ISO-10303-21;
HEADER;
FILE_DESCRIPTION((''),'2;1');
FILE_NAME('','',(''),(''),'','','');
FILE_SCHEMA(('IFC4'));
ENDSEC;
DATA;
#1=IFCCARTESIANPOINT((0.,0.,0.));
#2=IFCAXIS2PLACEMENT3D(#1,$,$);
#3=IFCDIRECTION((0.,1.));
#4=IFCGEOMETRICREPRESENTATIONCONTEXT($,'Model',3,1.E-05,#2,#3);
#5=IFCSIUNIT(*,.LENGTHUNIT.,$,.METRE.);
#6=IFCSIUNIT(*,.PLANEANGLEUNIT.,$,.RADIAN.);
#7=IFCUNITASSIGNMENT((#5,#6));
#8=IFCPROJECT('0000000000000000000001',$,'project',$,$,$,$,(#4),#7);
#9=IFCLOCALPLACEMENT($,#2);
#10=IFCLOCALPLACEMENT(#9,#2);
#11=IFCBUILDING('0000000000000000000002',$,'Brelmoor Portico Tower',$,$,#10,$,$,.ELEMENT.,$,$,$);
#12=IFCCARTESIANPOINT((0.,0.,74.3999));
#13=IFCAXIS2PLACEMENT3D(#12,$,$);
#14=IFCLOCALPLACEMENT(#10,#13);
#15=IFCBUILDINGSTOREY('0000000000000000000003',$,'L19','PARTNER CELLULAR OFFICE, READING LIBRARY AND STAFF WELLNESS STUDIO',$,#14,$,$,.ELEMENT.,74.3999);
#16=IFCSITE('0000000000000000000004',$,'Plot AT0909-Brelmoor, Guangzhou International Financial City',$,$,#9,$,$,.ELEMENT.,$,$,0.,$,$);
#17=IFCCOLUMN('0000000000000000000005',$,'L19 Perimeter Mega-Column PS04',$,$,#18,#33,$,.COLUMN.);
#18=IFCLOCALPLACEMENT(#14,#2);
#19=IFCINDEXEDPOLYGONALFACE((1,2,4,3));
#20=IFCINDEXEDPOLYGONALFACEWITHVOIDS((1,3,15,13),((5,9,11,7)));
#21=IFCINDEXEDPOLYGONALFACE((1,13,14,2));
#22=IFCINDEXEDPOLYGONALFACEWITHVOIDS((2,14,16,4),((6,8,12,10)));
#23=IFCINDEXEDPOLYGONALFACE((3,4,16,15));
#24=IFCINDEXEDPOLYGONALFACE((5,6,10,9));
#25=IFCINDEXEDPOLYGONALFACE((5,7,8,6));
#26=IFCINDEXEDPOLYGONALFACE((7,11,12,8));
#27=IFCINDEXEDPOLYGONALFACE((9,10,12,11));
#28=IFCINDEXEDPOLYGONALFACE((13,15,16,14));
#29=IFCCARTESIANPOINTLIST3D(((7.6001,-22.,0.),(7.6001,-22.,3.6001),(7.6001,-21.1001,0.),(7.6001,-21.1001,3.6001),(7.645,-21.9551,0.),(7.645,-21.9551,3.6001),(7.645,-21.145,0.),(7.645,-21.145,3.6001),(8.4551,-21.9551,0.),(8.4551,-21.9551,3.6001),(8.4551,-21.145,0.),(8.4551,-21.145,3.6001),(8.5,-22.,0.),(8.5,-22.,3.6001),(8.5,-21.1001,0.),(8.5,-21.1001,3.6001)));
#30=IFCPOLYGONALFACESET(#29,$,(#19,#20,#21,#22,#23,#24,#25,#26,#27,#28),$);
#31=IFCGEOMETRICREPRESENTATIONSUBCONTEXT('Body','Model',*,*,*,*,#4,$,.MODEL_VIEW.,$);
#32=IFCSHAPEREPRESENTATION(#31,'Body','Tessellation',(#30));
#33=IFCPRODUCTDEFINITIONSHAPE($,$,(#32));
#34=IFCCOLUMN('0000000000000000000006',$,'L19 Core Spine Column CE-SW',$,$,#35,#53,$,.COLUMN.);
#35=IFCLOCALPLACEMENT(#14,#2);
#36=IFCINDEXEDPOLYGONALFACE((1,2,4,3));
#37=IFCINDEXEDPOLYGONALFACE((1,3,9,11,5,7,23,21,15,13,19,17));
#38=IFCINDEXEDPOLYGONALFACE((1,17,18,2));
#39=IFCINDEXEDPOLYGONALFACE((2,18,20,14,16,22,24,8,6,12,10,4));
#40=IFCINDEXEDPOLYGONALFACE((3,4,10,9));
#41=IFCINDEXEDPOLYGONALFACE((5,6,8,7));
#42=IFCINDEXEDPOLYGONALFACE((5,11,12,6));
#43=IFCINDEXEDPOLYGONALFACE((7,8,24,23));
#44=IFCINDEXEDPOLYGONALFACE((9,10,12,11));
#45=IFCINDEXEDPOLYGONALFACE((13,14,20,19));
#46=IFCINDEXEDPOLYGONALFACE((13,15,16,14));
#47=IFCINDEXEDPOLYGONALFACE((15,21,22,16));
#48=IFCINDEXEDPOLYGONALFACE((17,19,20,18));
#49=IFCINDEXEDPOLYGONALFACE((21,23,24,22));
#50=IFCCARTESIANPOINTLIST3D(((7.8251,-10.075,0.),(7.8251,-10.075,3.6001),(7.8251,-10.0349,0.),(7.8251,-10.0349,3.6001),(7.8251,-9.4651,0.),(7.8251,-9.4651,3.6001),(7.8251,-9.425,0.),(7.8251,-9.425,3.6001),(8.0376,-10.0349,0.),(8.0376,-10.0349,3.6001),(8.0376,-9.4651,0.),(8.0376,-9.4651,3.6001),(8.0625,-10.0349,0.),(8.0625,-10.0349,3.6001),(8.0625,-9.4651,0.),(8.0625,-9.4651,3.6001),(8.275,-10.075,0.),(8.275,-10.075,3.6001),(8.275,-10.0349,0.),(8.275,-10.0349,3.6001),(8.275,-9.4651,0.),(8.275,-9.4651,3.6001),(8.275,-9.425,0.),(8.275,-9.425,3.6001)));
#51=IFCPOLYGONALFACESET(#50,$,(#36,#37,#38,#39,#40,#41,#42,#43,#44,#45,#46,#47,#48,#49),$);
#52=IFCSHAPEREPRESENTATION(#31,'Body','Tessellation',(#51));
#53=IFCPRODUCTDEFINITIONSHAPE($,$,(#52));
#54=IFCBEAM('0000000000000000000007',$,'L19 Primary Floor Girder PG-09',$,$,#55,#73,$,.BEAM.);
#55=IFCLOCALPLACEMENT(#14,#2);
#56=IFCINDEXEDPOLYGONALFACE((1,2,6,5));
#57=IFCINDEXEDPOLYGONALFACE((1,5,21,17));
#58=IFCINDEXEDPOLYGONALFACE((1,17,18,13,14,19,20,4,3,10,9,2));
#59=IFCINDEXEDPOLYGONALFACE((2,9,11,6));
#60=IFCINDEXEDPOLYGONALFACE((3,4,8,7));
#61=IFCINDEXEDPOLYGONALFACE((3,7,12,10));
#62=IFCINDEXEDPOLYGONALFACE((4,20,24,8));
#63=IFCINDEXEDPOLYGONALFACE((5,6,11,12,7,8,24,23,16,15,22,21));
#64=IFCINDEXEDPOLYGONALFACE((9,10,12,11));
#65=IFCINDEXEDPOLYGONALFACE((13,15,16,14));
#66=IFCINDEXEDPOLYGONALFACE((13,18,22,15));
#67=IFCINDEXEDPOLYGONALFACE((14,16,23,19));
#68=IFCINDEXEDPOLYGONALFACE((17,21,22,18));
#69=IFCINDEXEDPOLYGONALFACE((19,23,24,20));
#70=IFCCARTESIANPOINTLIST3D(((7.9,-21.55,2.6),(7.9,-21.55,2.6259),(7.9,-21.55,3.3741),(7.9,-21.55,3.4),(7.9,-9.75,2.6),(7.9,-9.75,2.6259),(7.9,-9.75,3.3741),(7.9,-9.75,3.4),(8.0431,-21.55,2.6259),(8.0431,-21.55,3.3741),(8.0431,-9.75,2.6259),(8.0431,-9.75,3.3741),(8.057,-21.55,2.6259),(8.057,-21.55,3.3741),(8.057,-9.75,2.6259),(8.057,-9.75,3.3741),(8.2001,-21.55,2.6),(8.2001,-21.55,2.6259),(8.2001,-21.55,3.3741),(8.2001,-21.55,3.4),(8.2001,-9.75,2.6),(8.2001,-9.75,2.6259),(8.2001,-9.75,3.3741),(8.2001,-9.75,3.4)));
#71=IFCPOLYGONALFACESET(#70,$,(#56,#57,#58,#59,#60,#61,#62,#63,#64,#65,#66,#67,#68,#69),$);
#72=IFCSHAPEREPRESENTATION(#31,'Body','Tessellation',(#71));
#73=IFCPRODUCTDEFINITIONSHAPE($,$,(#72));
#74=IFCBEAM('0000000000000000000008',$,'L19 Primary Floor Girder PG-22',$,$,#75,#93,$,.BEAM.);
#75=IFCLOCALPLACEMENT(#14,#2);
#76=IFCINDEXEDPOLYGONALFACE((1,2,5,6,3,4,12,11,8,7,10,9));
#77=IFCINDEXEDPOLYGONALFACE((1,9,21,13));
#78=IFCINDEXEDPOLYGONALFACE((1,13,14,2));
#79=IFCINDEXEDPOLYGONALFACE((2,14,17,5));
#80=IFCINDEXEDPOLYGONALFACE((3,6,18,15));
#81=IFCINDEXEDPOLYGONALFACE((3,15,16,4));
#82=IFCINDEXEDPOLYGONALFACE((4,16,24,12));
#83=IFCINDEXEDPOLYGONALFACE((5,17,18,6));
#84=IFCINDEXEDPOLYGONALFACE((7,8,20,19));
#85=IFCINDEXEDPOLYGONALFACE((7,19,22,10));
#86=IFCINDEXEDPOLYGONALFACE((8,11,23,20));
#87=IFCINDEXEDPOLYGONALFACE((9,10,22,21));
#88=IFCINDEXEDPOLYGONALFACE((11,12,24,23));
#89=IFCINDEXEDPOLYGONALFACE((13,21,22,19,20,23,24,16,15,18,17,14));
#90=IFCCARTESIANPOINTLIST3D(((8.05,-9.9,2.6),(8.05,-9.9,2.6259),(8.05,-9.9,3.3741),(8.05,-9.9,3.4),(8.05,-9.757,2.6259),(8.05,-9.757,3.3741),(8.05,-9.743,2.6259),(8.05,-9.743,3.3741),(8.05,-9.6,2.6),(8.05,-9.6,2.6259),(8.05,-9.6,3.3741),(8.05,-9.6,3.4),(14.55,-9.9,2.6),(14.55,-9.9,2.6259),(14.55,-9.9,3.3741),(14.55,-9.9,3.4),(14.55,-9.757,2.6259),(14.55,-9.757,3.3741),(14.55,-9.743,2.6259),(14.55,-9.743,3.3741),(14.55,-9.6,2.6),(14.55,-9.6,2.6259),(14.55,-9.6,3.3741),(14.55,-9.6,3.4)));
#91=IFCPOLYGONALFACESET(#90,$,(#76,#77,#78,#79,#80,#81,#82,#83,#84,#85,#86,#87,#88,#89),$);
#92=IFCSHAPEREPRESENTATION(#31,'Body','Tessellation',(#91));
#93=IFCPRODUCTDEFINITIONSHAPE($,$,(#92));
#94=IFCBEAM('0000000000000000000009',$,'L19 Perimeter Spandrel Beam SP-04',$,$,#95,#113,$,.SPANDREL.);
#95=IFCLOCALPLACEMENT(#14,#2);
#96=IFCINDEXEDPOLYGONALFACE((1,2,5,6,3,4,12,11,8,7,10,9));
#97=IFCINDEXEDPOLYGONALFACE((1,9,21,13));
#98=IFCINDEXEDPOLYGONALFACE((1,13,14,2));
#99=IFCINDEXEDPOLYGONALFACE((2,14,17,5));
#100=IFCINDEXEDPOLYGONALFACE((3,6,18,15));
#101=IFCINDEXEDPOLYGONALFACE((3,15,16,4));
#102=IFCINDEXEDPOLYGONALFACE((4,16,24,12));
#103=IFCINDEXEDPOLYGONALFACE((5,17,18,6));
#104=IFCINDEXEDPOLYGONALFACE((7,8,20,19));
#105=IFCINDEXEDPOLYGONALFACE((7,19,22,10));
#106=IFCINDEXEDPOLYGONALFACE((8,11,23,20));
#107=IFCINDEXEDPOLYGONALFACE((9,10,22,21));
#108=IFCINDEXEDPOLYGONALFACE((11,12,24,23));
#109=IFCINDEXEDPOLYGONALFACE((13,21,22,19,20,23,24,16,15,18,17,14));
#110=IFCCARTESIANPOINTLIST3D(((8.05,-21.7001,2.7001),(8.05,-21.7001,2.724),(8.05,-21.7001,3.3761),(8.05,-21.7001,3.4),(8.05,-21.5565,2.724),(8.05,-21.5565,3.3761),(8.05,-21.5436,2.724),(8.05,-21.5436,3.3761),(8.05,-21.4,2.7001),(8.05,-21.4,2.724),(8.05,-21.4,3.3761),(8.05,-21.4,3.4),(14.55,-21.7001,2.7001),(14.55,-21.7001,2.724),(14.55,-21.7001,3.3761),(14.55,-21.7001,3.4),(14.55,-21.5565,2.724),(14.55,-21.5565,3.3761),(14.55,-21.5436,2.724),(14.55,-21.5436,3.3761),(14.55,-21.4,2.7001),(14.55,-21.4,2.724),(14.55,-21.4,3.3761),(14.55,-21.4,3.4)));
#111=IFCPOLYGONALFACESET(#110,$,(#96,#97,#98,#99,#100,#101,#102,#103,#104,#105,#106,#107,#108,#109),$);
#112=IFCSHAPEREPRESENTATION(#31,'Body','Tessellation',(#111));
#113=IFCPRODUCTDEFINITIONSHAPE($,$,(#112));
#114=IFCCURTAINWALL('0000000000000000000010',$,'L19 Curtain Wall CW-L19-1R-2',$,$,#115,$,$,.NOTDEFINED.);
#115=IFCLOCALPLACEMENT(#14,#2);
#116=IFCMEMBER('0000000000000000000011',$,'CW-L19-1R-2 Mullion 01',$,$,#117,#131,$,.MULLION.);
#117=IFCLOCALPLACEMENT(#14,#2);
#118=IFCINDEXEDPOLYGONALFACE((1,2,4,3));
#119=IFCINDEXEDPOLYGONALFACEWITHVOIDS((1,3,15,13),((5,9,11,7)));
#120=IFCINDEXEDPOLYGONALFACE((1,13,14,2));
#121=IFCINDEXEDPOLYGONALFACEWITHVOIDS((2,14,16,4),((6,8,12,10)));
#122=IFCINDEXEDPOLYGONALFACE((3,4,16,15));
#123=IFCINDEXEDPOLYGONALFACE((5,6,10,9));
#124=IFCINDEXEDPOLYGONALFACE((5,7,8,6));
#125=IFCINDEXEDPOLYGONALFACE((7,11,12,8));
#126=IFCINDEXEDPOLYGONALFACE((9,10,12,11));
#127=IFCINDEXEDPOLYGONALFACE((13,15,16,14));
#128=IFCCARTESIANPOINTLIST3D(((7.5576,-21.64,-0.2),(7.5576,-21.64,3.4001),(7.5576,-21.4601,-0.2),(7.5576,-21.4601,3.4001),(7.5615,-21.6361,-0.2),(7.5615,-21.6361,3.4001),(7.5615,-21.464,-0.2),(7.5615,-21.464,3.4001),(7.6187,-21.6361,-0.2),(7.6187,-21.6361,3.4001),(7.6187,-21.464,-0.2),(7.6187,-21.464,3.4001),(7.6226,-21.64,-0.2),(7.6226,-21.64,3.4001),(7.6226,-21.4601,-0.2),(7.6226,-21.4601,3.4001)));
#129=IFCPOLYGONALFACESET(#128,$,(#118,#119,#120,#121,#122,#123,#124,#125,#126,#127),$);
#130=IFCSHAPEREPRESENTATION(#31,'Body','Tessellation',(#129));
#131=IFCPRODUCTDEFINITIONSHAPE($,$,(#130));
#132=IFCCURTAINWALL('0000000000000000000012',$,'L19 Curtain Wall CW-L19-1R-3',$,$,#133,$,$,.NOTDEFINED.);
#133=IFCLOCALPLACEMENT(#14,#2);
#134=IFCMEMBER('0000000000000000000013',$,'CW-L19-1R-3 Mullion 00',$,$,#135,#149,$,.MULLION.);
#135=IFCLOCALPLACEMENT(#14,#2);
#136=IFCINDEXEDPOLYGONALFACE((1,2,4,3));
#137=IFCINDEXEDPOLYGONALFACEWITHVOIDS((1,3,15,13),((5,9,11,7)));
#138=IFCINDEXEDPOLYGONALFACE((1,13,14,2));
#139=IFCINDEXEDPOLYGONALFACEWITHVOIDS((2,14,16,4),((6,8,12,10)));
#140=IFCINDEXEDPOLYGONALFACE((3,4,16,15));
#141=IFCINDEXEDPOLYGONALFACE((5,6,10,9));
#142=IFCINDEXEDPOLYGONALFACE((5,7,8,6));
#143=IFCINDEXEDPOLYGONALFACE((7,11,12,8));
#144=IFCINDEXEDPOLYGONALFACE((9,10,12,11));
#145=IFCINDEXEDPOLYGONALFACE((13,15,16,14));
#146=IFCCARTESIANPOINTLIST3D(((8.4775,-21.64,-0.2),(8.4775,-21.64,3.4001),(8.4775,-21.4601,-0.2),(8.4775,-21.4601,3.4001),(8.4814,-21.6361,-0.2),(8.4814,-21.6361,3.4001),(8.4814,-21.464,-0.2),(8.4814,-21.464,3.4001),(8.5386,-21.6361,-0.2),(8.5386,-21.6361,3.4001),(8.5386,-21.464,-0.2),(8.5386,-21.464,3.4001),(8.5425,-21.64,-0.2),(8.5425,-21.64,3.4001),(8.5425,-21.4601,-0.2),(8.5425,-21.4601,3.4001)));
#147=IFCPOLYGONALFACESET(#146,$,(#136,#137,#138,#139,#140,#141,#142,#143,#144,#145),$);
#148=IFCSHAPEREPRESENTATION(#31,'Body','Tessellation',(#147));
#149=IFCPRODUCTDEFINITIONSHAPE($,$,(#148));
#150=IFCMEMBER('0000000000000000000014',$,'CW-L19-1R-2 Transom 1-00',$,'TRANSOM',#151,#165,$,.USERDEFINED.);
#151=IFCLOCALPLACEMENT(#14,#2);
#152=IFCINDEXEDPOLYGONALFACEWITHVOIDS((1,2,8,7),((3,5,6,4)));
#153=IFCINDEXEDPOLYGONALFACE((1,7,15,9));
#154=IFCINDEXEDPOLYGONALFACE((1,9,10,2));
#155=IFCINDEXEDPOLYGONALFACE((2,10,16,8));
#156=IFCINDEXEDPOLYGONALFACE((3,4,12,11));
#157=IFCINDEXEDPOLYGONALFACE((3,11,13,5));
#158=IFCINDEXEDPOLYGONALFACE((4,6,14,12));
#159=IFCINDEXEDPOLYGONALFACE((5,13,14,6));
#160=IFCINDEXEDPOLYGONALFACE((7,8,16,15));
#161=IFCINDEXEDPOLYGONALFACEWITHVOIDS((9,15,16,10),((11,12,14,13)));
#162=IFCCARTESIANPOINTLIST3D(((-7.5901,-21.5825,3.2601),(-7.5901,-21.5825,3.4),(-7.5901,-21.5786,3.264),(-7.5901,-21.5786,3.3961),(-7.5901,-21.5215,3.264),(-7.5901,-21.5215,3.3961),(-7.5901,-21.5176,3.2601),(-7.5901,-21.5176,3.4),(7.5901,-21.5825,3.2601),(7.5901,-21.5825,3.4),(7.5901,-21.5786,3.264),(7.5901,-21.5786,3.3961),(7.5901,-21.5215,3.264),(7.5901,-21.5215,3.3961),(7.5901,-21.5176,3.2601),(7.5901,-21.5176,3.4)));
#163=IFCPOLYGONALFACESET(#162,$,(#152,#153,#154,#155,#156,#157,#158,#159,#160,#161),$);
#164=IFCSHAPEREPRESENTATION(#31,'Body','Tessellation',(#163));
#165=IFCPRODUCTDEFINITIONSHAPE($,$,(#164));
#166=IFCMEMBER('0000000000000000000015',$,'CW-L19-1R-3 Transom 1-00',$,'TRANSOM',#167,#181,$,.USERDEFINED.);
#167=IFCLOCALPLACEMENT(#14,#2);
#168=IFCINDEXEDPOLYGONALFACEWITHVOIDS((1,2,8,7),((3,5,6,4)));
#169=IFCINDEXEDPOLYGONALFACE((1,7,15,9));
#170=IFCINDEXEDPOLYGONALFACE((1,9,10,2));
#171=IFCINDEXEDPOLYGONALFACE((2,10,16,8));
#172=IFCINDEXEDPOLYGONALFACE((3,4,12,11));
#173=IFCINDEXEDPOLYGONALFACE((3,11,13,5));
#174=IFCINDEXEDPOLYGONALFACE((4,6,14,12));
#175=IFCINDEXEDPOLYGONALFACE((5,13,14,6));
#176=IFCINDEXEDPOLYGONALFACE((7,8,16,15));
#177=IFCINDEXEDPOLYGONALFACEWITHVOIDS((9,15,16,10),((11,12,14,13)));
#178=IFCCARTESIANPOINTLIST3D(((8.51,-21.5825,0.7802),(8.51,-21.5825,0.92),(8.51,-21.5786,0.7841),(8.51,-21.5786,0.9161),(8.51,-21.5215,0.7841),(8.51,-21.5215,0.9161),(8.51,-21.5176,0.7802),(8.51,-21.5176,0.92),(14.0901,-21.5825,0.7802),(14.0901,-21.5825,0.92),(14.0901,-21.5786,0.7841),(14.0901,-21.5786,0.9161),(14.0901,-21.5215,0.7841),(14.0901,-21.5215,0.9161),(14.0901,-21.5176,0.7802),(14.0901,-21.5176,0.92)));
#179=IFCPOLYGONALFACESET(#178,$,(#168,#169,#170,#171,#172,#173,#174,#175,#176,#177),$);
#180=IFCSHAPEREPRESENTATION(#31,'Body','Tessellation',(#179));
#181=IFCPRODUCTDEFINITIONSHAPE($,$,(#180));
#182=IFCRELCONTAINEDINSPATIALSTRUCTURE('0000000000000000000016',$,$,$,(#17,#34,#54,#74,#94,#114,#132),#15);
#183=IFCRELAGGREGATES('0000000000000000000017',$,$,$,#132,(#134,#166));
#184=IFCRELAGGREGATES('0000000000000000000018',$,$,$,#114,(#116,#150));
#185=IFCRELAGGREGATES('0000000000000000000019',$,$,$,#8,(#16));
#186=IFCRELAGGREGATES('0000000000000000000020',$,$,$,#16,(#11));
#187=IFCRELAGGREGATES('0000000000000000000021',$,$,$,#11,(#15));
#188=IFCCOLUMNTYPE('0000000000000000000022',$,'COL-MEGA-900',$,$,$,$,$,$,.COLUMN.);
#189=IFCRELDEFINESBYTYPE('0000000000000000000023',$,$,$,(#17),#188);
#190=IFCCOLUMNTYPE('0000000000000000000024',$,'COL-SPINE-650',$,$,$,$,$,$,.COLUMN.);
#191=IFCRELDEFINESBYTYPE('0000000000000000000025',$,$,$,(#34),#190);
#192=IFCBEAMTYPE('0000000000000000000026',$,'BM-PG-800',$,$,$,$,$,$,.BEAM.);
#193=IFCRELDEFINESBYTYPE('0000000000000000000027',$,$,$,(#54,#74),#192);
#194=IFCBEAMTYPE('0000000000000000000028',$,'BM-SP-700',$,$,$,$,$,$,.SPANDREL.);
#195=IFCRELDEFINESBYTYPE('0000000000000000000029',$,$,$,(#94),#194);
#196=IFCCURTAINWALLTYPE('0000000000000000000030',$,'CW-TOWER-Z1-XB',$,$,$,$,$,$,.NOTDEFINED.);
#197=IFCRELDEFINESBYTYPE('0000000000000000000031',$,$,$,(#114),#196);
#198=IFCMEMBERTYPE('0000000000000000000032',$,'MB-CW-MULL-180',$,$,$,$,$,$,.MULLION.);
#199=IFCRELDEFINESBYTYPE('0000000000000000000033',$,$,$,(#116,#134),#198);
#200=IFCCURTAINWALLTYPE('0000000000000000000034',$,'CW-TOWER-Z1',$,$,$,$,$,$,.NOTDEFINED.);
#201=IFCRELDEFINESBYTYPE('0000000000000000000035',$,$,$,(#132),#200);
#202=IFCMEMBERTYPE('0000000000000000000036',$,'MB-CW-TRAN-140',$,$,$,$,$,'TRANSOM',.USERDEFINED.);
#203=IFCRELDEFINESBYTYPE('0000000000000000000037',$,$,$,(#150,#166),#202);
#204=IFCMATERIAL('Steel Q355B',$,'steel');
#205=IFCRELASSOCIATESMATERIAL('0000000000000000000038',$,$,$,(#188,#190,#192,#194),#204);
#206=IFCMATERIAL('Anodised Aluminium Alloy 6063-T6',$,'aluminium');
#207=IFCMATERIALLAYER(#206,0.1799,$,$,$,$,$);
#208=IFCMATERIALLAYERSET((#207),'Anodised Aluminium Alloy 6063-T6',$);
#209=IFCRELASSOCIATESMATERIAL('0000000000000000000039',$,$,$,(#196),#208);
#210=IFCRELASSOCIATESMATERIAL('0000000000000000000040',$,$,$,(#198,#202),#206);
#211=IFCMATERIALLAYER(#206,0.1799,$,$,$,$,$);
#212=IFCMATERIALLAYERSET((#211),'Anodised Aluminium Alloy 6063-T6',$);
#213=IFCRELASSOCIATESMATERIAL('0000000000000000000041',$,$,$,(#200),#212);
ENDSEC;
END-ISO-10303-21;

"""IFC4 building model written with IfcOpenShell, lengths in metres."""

from ifc_helpers import new_model, si_unit, direction, frame, origin, origin_2d, place, context, subcontext, project, spatial, hollow_rectangle, i_section, extrude, material, layer, layer_set, material_profile, profile_set, type_object, element, aggregate, save


model = new_model("IFC4")

# Units and contexts
model_context = context("Model", 3, precision=1e-05, world=origin(), true_north=direction((0.0, 1.0)))
body_context = subcontext(model_context, "Body", "Model", "MODEL_VIEW")
ifc_project = project(units=[si_unit("LENGTHUNIT", "METRE"), si_unit("PLANEANGLEUNIT", "RADIAN")], contexts=[model_context])

# Site, building, storey
site_placement = place(None, origin())
site = spatial("IfcSite", under=ifc_project, at=site_placement, Name="Plot AT0909-Brelmoor, Guangzhou International Financial City", CompositionType="ELEMENT", RefElevation=0.0)
building_placement = place(site_placement, origin())
building = spatial("IfcBuilding", under=site, at=building_placement, Name="Brelmoor Portico Tower", CompositionType="ELEMENT")
storey_placement = place(building_placement, frame((0.0, 0.0, 74.3999)))
storey = spatial("IfcBuildingStorey", under=building, at=storey_placement, Name="L19", Description="PARTNER CELLULAR OFFICE, READING LIBRARY AND STAFF WELLNESS STUDIO", CompositionType="ELEMENT", Elevation=74.3999)

# Columns
ifc_material_1 = material(Name="Steel Q355B", Category="steel")
ifc_material_profile_1 = material_profile(ifc_material_1, hollow_rectangle(XDim=0.8999, YDim=0.8999, WallThickness=0.0449, at=origin_2d()), Name="BOX 900x900x45")
ifc_profile_set_1 = profile_set([ifc_material_profile_1], Name="Steel Q355B")
column_type_1 = type_object("IfcColumnType", Name="COL-MEGA-900", PredefinedType="COLUMN", material=ifc_profile_set_1)
column_1_placement = place(storey_placement, frame((8.05, -21.55, 0.0), z_axis=(0.0, 0.0, 1.0), x_axis=(1.0, 0.0, 0.0)))
element("IfcColumn", 1, at=column_1_placement, inside=storey, type_object=column_type_1, Name="L19 Perimeter Mega-Column PS04", PredefinedType="COLUMN", context=body_context, shape_type="SweptSolid", body=[
    extrude(hollow_rectangle(XDim=0.8999, YDim=0.8999, WallThickness=0.0449, at=origin_2d()), origin(), (0.0, 0.0, 1.0), 3.6001),
])
ifc_material_profile_2 = material_profile(ifc_material_1, i_section(OverallWidth=0.45, OverallDepth=0.6499, WebThickness=0.0249, FlangeThickness=0.04, at=origin_2d()), Name="HW 650x450x25x40")
ifc_profile_set_2 = profile_set([ifc_material_profile_2], Name="Steel Q355B")
column_type_2 = type_object("IfcColumnType", Name="COL-SPINE-650", PredefinedType="COLUMN", material=ifc_profile_set_2)
column_2_placement = place(storey_placement, frame((8.05, -9.75, 0.0), z_axis=(0.0, 0.0, 1.0), x_axis=(1.0, 0.0, 0.0)))
element("IfcColumn", 2, at=column_2_placement, inside=storey, type_object=column_type_2, Name="L19 Core Spine Column CE-SW", PredefinedType="COLUMN", context=body_context, shape_type="SweptSolid", body=[
    extrude(i_section(OverallWidth=0.45, OverallDepth=0.6499, WebThickness=0.0249, FlangeThickness=0.04, at=origin_2d()), origin(), (0.0, 0.0, 1.0), 3.6001),
])

# Beams
ifc_material_profile_3 = material_profile(ifc_material_1, i_section(OverallWidth=0.3, OverallDepth=0.8, WebThickness=0.0139, FlangeThickness=0.0259, at=origin_2d()), Name="HN 800x300x14x26")
ifc_profile_set_3 = profile_set([ifc_material_profile_3], Name="Steel Q355B")
beam_type_1 = type_object("IfcBeamType", Name="BM-PG-800", PredefinedType="BEAM", material=ifc_profile_set_3)
beam_1_placement = place(storey_placement, frame((8.05, -21.55, 3.0), z_axis=(0.0, 1.0, 0.0), x_axis=(-1.0, 0.0, 0.0)))
element("IfcBeam", 3, at=beam_1_placement, inside=storey, type_object=beam_type_1, Name="L19 Primary Floor Girder PG-09", PredefinedType="BEAM", context=body_context, shape_type="SweptSolid", body=[
    extrude(i_section(OverallWidth=0.3, OverallDepth=0.8, WebThickness=0.0139, FlangeThickness=0.0259, at=origin_2d()), origin(), (0.0, 0.0, 1.0), 11.8),
])
beam_2_placement = place(storey_placement, frame((8.05, -9.75, 3.0), z_axis=(1.0, 0.0, 0.0), x_axis=(0.0, 1.0, 0.0)))
element("IfcBeam", 4, at=beam_2_placement, inside=storey, type_object=beam_type_1, Name="L19 Primary Floor Girder PG-22", PredefinedType="BEAM", context=body_context, shape_type="SweptSolid", body=[
    extrude(i_section(OverallWidth=0.3, OverallDepth=0.8, WebThickness=0.0139, FlangeThickness=0.0259, at=origin_2d()), origin(), (0.0, 0.0, 1.0), 6.5),
])
ifc_material_profile_4 = material_profile(ifc_material_1, i_section(OverallWidth=0.3, OverallDepth=0.7, WebThickness=0.0129, FlangeThickness=0.0239, at=origin_2d()), Name="HN 700x300x13x24")
ifc_profile_set_4 = profile_set([ifc_material_profile_4], Name="Steel Q355B")
beam_type_2 = type_object("IfcBeamType", Name="BM-SP-700", PredefinedType="SPANDREL", material=ifc_profile_set_4)
beam_3_placement = place(storey_placement, frame((8.05, -21.55, 3.05), z_axis=(1.0, 0.0, 0.0), x_axis=(0.0, 1.0, 0.0)))
element("IfcBeam", 5, at=beam_3_placement, inside=storey, type_object=beam_type_2, Name="L19 Perimeter Spandrel Beam SP-04", PredefinedType="SPANDREL", context=body_context, shape_type="SweptSolid", body=[
    extrude(i_section(OverallWidth=0.3, OverallDepth=0.7, WebThickness=0.0129, FlangeThickness=0.0239, at=origin_2d()), origin(), (0.0, 0.0, 1.0), 6.5),
])

# Curtain walls, members
ifc_material_2 = material(Name="Anodised Aluminium Alloy 6063-T6", Category="aluminium")
ifc_layer_1 = layer(ifc_material_2, 0.1799)
ifc_layer_set_1 = layer_set([ifc_layer_1], Name="Anodised Aluminium Alloy 6063-T6")
curtain_wall_type_1 = type_object("IfcCurtainWallType", Name="CW-TOWER-Z1-XB", PredefinedType="NOTDEFINED", material=ifc_layer_set_1)
curtain_wall_1_placement = place(storey_placement, origin())
curtain_wall_1 = element("IfcCurtainWall", 6, at=curtain_wall_1_placement, inside=storey, type_object=curtain_wall_type_1, Name="L19 Curtain Wall CW-L19-1R-2", PredefinedType="NOTDEFINED")
ifc_material_profile_5 = material_profile(ifc_material_2, hollow_rectangle(XDim=0.0649, YDim=0.1799, WallThickness=0.0039, at=origin_2d()), Name="ALU MULLION 65x180")
ifc_profile_set_5 = profile_set([ifc_material_profile_5], Name="Anodised Aluminium Alloy 6063-T6")
member_type_1 = type_object("IfcMemberType", Name="MB-CW-MULL-180", PredefinedType="MULLION", material=ifc_profile_set_5)
member_1_placement = place(storey_placement, frame((7.5901, -21.55, -0.2), z_axis=(0.0, 0.0, 1.0), x_axis=(1.0, 0.0, 0.0)))
member_1 = element("IfcMember", 7, at=member_1_placement, type_object=member_type_1, Name="CW-L19-1R-2 Mullion 01", PredefinedType="MULLION", context=body_context, shape_type="SweptSolid", body=[
    extrude(hollow_rectangle(XDim=0.0649, YDim=0.1799, WallThickness=0.0039, at=origin_2d()), origin(), (0.0, 0.0, 1.0), 3.6001),
])
ifc_layer_2 = layer(ifc_material_2, 0.1799)
ifc_layer_set_2 = layer_set([ifc_layer_2], Name="Anodised Aluminium Alloy 6063-T6")
curtain_wall_type_2 = type_object("IfcCurtainWallType", Name="CW-TOWER-Z1", PredefinedType="NOTDEFINED", material=ifc_layer_set_2)
curtain_wall_2_placement = place(storey_placement, origin())
curtain_wall_2 = element("IfcCurtainWall", 8, at=curtain_wall_2_placement, inside=storey, type_object=curtain_wall_type_2, Name="L19 Curtain Wall CW-L19-1R-3", PredefinedType="NOTDEFINED")
member_2_placement = place(storey_placement, frame((8.51, -21.55, -0.2), z_axis=(0.0, 0.0, 1.0), x_axis=(1.0, 0.0, 0.0)))
member_2 = element("IfcMember", 9, at=member_2_placement, type_object=member_type_1, Name="CW-L19-1R-3 Mullion 00", PredefinedType="MULLION", context=body_context, shape_type="SweptSolid", body=[
    extrude(hollow_rectangle(XDim=0.0649, YDim=0.1799, WallThickness=0.0039, at=origin_2d()), origin(), (0.0, 0.0, 1.0), 3.6001),
])

# Members
ifc_material_profile_6 = material_profile(ifc_material_2, hollow_rectangle(XDim=0.0649, YDim=0.1399, WallThickness=0.0039, at=origin_2d()), Name="ALU TRANSOM 65x140")
ifc_profile_set_6 = profile_set([ifc_material_profile_6], Name="Anodised Aluminium Alloy 6063-T6")
member_type_2 = type_object("IfcMemberType", Name="MB-CW-TRAN-140", ElementType="TRANSOM", PredefinedType="USERDEFINED", material=ifc_profile_set_6)
member_3_placement = place(storey_placement, frame((-7.5901, -21.55, 3.3301), z_axis=(1.0, 0.0, 0.0), x_axis=(0.0, 1.0, 0.0)))
member_3 = element("IfcMember", 10, at=member_3_placement, type_object=member_type_2, Name="CW-L19-1R-2 Transom 1-00", ObjectType="TRANSOM", PredefinedType="USERDEFINED", context=body_context, shape_type="SweptSolid", body=[
    extrude(hollow_rectangle(XDim=0.0649, YDim=0.1399, WallThickness=0.0039, at=origin_2d()), origin(), (0.0, 0.0, 1.0), 15.1802),
])
member_4_placement = place(storey_placement, frame((8.51, -21.55, 0.8501), z_axis=(1.0, 0.0, 0.0), x_axis=(0.0, 1.0, 0.0)))
member_4 = element("IfcMember", 11, at=member_4_placement, type_object=member_type_2, Name="CW-L19-1R-3 Transom 1-00", ObjectType="TRANSOM", PredefinedType="USERDEFINED", context=body_context, shape_type="SweptSolid", body=[
    extrude(hollow_rectangle(XDim=0.0649, YDim=0.1399, WallThickness=0.0039, at=origin_2d()), origin(), (0.0, 0.0, 1.0), 5.5801),
])
aggregate(curtain_wall_2, [member_2, member_4])

aggregate(curtain_wall_1, [member_1, member_3])

save(model, "model.ifc")
